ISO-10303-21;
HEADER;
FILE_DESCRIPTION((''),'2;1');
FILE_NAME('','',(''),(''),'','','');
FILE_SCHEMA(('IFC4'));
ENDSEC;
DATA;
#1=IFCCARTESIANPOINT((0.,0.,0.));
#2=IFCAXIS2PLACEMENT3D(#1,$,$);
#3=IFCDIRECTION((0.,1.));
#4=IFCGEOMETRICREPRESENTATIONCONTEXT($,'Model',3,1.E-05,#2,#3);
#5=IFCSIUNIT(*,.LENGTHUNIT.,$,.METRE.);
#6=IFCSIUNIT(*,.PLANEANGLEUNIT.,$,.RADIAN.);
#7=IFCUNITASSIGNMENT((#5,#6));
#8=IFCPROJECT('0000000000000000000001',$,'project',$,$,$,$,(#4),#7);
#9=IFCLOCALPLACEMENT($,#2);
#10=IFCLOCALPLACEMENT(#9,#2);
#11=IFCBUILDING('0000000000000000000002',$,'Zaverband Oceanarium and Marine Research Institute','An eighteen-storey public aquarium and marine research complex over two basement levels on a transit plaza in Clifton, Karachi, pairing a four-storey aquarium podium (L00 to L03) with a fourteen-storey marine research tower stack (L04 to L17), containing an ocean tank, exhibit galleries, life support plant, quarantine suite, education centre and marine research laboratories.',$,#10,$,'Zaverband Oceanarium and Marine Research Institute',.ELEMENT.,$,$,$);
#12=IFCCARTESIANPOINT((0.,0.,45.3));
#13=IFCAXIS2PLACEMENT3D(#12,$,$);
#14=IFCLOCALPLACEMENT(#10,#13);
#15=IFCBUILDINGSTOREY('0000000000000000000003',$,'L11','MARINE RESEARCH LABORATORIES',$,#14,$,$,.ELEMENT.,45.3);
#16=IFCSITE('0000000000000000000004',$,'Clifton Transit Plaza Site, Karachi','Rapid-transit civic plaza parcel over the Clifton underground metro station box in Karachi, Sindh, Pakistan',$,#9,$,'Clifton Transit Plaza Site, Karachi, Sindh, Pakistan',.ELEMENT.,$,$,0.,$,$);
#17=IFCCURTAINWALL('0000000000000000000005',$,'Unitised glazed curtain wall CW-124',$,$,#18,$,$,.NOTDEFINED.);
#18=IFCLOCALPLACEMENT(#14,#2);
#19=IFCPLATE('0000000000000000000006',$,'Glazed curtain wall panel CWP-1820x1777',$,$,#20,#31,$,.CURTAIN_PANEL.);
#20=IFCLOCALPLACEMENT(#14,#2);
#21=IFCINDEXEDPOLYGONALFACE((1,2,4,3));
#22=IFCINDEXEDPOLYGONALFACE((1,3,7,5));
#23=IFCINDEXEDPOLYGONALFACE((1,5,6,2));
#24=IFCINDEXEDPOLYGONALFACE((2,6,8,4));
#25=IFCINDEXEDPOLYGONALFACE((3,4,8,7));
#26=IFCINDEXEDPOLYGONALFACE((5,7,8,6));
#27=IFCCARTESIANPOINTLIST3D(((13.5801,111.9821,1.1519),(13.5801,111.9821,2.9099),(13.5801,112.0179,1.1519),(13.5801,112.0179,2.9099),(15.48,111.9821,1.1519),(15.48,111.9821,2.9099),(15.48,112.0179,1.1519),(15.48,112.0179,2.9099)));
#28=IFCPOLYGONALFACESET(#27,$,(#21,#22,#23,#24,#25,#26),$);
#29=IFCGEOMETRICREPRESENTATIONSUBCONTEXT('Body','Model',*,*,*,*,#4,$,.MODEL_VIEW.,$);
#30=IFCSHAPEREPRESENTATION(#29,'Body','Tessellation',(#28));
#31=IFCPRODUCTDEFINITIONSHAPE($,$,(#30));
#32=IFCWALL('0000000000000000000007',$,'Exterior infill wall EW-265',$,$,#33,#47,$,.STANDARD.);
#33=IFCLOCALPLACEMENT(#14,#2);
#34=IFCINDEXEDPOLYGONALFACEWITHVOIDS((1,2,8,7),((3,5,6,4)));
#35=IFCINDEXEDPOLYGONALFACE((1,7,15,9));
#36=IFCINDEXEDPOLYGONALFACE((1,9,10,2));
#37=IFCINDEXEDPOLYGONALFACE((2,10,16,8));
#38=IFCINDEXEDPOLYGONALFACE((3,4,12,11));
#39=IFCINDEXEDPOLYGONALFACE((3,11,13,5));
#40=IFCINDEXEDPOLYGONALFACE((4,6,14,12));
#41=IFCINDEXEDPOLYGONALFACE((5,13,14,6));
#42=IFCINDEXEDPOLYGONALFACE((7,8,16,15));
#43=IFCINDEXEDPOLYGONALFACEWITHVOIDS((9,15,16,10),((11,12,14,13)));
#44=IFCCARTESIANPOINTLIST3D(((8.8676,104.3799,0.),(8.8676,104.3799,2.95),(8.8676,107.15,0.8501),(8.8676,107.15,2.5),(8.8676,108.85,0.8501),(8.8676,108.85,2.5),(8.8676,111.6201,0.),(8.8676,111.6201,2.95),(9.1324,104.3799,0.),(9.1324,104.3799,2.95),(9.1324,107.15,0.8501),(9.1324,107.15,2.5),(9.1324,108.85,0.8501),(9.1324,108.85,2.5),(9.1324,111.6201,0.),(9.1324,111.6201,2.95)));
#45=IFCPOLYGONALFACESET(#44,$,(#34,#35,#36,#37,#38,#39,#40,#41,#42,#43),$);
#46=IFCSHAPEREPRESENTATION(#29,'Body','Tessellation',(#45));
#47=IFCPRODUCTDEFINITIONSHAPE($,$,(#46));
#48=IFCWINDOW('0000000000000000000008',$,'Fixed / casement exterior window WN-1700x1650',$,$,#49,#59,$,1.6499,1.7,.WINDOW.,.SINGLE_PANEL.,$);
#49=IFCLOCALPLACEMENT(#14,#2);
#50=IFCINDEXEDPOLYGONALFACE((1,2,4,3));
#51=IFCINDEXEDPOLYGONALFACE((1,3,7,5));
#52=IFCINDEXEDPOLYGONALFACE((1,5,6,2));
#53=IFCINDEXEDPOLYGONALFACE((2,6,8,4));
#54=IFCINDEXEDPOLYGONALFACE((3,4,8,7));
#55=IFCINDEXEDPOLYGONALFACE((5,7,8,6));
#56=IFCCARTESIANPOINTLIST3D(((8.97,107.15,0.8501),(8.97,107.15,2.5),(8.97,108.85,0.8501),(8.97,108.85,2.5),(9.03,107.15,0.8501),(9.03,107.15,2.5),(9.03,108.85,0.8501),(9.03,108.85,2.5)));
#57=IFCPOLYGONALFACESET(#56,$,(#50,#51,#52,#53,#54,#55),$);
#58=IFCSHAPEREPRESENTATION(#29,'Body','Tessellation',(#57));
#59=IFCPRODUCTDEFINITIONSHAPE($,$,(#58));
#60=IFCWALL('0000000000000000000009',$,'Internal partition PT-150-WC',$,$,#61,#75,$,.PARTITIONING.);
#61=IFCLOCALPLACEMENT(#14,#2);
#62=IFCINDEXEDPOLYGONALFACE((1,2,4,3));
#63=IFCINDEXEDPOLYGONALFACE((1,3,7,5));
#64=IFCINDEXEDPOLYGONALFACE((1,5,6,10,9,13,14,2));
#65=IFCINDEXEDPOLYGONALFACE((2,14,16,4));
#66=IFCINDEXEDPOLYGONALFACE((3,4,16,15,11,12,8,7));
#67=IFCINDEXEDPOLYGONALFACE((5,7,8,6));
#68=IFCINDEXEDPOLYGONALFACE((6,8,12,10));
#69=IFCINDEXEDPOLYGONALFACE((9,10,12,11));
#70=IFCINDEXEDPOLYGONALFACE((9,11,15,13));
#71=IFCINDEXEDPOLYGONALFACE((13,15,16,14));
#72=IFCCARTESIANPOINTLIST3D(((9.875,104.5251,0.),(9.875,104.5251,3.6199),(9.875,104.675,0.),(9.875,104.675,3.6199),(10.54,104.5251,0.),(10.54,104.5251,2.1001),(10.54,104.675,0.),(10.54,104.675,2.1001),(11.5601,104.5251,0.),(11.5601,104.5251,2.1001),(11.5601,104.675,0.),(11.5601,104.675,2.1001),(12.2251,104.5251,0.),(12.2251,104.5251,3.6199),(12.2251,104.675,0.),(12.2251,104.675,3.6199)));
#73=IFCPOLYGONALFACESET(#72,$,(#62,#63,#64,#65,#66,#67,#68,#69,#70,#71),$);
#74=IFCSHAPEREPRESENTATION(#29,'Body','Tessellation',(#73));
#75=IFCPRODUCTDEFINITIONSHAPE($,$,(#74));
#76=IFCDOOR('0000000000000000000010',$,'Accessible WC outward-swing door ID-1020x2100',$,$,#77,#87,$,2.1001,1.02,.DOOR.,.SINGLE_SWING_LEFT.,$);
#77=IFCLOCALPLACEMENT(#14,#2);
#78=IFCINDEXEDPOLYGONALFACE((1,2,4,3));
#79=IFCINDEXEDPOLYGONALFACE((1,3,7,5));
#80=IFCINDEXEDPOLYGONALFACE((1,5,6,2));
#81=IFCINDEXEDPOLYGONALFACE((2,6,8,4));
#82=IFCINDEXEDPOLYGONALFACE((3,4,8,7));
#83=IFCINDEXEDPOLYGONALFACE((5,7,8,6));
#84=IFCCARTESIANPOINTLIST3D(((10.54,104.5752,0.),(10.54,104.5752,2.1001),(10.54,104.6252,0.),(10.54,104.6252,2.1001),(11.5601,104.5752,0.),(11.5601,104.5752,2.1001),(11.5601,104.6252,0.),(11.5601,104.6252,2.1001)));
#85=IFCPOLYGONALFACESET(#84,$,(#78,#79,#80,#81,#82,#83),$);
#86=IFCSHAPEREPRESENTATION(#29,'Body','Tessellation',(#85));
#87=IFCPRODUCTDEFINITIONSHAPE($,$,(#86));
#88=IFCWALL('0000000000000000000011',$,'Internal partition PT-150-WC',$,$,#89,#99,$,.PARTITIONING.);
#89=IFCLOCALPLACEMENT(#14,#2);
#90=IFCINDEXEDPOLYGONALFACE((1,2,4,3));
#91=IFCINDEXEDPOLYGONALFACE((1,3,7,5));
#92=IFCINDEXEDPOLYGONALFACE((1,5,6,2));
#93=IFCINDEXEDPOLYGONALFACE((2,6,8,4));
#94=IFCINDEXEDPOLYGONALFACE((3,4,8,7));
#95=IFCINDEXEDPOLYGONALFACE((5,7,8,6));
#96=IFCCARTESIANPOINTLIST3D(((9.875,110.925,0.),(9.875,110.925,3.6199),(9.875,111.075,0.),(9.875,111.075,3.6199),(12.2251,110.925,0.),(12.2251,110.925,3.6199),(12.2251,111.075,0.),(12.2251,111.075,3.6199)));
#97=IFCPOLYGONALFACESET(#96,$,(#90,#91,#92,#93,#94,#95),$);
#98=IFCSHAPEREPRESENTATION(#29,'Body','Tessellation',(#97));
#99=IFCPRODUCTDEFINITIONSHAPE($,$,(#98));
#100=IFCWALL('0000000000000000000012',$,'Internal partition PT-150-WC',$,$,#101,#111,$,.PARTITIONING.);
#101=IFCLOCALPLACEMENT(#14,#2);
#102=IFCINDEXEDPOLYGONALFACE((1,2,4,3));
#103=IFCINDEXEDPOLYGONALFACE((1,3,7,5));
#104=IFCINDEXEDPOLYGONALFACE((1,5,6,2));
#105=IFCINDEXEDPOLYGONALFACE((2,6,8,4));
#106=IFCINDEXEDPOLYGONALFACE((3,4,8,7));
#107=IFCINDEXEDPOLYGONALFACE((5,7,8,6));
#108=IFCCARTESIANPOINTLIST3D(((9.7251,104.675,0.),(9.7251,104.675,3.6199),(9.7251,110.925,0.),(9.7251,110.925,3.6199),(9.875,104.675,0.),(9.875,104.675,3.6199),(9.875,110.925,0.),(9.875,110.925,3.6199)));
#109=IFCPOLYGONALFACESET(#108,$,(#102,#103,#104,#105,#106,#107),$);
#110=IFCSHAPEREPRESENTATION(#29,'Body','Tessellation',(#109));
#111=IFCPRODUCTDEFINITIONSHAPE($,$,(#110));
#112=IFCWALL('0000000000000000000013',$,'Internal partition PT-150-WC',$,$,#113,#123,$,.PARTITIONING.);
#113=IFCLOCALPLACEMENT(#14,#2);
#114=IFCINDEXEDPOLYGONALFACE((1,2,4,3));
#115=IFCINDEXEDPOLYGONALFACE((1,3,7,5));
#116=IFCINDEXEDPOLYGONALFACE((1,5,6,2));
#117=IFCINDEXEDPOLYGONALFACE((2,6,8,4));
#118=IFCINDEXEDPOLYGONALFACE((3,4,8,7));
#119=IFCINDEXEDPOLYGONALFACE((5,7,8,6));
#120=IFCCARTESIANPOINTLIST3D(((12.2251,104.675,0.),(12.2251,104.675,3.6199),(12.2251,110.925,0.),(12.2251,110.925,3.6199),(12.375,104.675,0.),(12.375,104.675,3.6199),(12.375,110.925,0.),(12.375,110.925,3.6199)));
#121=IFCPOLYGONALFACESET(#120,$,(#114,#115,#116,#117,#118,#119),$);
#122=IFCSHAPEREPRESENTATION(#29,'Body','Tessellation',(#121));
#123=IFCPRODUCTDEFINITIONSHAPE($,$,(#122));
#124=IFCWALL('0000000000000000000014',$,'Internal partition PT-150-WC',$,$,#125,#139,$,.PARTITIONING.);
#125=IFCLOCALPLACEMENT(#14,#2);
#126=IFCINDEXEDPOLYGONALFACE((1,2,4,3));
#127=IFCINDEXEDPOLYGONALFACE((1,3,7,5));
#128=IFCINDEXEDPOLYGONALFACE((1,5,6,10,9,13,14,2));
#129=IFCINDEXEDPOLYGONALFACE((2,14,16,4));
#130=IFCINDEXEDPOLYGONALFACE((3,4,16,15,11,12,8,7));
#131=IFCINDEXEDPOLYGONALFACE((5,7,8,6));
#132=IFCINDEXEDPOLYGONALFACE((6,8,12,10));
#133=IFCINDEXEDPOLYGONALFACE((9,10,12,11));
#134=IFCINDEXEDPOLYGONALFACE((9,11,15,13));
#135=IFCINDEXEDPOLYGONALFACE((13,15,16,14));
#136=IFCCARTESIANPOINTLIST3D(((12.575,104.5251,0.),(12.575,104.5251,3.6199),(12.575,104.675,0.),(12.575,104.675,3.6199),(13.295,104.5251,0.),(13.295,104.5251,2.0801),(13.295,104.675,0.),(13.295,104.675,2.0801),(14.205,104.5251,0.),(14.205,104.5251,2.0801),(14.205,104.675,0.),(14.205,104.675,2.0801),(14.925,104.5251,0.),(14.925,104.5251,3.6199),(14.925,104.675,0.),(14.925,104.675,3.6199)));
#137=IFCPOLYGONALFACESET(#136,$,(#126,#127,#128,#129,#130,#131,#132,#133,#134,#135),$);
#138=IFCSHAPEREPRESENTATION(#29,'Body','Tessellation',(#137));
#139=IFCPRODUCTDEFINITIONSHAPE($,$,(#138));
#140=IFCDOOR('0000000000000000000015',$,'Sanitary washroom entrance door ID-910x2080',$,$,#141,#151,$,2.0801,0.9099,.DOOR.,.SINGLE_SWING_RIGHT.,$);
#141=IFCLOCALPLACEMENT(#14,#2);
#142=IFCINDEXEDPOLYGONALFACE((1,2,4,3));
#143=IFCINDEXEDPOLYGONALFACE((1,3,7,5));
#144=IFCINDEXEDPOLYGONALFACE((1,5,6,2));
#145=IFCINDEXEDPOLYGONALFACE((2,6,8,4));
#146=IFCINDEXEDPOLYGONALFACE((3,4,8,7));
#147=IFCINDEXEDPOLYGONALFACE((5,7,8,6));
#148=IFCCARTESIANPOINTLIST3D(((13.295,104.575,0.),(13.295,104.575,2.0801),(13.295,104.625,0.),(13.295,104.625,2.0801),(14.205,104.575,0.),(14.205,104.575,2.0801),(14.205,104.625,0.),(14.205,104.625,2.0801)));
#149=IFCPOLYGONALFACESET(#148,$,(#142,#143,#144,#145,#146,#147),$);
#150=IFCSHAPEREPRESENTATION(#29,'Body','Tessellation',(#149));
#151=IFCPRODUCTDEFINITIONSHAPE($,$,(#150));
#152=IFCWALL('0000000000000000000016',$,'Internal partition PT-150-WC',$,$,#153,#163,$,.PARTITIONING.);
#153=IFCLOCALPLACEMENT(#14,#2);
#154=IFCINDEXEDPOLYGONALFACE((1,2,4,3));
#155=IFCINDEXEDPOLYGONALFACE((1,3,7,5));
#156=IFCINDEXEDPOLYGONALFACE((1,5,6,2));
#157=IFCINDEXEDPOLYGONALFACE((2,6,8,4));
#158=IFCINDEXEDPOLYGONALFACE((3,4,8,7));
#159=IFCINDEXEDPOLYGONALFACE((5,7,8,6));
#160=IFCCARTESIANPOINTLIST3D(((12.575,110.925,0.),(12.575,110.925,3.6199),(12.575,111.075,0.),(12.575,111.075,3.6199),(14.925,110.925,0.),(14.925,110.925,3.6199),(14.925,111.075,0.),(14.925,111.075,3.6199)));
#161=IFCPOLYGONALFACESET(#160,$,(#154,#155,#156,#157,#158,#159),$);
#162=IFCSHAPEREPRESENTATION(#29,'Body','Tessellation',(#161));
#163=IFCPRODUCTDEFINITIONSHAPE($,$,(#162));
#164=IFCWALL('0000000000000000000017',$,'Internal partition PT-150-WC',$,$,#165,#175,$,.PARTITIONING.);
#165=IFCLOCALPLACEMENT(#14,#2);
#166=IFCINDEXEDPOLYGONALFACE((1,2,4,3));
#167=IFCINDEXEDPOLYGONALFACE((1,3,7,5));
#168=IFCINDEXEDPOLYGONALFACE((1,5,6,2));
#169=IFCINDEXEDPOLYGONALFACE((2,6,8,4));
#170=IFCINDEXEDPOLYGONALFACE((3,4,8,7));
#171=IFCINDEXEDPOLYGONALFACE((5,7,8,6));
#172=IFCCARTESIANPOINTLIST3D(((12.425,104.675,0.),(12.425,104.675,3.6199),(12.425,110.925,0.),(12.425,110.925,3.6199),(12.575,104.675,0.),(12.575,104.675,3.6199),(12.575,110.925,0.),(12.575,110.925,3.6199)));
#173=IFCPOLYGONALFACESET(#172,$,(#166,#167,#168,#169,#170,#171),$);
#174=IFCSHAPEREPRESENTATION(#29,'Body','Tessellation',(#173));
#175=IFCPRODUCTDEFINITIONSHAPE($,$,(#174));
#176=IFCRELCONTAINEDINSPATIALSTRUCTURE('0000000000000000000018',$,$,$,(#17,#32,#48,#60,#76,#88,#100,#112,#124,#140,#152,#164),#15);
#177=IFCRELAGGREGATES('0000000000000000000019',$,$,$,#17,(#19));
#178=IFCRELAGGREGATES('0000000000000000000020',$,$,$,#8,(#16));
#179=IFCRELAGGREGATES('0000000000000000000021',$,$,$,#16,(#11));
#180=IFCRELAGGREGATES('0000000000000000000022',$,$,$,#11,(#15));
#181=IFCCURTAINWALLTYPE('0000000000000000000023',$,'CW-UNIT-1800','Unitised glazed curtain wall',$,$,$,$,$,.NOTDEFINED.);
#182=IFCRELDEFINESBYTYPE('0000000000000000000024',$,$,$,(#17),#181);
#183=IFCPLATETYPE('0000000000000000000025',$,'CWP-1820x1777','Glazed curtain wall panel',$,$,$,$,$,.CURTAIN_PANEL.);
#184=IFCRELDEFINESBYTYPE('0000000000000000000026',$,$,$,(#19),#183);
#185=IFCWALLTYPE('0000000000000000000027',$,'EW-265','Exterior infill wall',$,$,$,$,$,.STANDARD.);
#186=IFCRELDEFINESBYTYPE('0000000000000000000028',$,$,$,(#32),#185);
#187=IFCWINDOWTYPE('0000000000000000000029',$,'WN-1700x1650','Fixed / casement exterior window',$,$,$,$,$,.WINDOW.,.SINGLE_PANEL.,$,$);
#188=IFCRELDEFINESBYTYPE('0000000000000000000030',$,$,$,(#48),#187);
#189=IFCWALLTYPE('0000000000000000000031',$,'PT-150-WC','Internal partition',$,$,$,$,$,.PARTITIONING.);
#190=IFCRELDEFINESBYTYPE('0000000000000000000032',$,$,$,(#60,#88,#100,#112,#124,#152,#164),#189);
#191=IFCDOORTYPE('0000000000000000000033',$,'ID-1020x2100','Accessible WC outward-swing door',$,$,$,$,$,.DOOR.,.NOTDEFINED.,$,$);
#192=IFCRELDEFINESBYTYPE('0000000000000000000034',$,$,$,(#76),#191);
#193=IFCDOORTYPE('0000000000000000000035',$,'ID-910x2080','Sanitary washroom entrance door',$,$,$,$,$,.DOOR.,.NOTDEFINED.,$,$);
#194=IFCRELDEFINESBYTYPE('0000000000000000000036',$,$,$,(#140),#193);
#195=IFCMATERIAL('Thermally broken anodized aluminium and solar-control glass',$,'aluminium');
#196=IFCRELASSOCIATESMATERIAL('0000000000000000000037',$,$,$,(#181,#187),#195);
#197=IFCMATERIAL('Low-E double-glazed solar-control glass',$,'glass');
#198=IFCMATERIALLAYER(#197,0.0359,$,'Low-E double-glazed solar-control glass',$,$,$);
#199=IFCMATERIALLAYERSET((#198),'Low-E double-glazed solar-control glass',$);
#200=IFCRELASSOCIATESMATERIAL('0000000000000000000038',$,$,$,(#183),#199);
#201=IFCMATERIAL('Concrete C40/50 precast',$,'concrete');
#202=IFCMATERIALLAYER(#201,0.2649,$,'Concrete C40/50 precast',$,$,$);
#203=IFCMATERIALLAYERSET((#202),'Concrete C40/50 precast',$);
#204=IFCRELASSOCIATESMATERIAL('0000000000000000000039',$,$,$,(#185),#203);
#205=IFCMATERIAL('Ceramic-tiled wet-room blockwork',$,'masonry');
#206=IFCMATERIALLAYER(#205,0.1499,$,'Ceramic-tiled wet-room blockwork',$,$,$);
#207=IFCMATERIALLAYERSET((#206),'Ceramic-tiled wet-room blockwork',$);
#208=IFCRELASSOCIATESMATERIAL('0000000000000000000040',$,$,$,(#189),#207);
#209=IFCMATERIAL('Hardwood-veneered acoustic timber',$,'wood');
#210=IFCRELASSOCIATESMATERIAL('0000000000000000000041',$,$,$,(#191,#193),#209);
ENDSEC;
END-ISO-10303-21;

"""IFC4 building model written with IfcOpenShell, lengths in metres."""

from ifc_helpers import new_model, si_unit, direction, frame, frame_2d, origin, place, context, subcontext, project, spatial, rectangle, extrude, material, layer, layer_set, type_object, element, fill, aggregate, save


model = new_model("IFC4")

# Units and contexts
model_context = context("Model", 3, precision=1e-05, world=origin(), true_north=direction((0.0, 1.0)))
body_context = subcontext(model_context, "Body", "Model", "MODEL_VIEW")
ifc_project = project(units=[si_unit("LENGTHUNIT", "METRE"), si_unit("PLANEANGLEUNIT", "RADIAN")], contexts=[model_context])

# Site, building, storey
site_placement = place(None, origin())
site = spatial("IfcSite", under=ifc_project, at=site_placement, Name="Clifton Transit Plaza Site, Karachi", Description="Rapid-transit civic plaza parcel over the Clifton underground metro station box in Karachi, Sindh, Pakistan", LongName="Clifton Transit Plaza Site, Karachi, Sindh, Pakistan", CompositionType="ELEMENT", RefElevation=0.0)
building_placement = place(site_placement, origin())
building = spatial("IfcBuilding", under=site, at=building_placement, Name="Zaverband Oceanarium and Marine Research Institute", Description="An eighteen-storey public aquarium and marine research complex over two basement levels on a transit plaza in Clifton, Karachi, pairing a four-storey aquarium podium (L00 to L03) with a fourteen-storey marine research tower stack (L04 to L17), containing an ocean tank, exhibit galleries, life support plant, quarantine suite, education centre and marine research laboratories.", LongName="Zaverband Oceanarium and Marine Research Institute", CompositionType="ELEMENT")
storey_placement = place(building_placement, frame((0.0, 0.0, 45.3)))
storey = spatial("IfcBuildingStorey", under=building, at=storey_placement, Name="L11", Description="MARINE RESEARCH LABORATORIES", CompositionType="ELEMENT", Elevation=45.3)

# Curtain wall
ifc_material_1 = material(Name="Thermally broken anodized aluminium and solar-control glass", Category="aluminium")
curtain_wall_type = type_object("IfcCurtainWallType", Name="CW-UNIT-1800", Description="Unitised glazed curtain wall", PredefinedType="NOTDEFINED", material=ifc_material_1)
curtain_wall_placement = place(storey_placement, origin())
curtain_wall = element("IfcCurtainWall", 1, at=curtain_wall_placement, inside=storey, type_object=curtain_wall_type, Name="Unitised glazed curtain wall CW-124", PredefinedType="NOTDEFINED")

# Plate
ifc_material_2 = material(Name="Low-E double-glazed solar-control glass", Category="glass")
ifc_layer_1 = layer(ifc_material_2, 0.0359, Name="Low-E double-glazed solar-control glass")
ifc_layer_set_1 = layer_set([ifc_layer_1], Name="Low-E double-glazed solar-control glass")
plate_type_1 = type_object("IfcPlateType", Name="CWP-1820x1777", Description="Glazed curtain wall panel", PredefinedType="CURTAIN_PANEL", material=ifc_layer_set_1)
plate_1_placement = place(storey_placement, frame((13.5801, 112.0, 1.1519), z_axis=(0.0, 0.0, 1.0), x_axis=(1.0, 0.0, 0.0)))
plate_1 = element("IfcPlate", 2, at=plate_1_placement, type_object=plate_type_1, Name="Glazed curtain wall panel CWP-1820x1777", PredefinedType="CURTAIN_PANEL", context=body_context, shape_type="SweptSolid", body=[
    extrude(rectangle(XDim=1.8999, YDim=0.0359, at=frame_2d((0.95, 0.0))), origin(), (0.0, 0.0, 1.0), 1.7581),
])
aggregate(curtain_wall, [plate_1])

# Wall, opening, window
ifc_material_3 = material(Name="Concrete C40/50 precast", Category="concrete")
ifc_layer_2 = layer(ifc_material_3, 0.2649, Name="Concrete C40/50 precast")
ifc_layer_set_2 = layer_set([ifc_layer_2], Name="Concrete C40/50 precast")
wall_type_1 = type_object("IfcWallType", Name="EW-265", Description="Exterior infill wall", PredefinedType="STANDARD", material=ifc_layer_set_2)
wall_1_placement = place(storey_placement, frame((9.0, 104.3799, 0.0), z_axis=(0.0, 0.0, 1.0), x_axis=(0.0, 1.0, 0.0)))
wall_1 = element("IfcWall", 3, at=wall_1_placement, inside=storey, type_object=wall_type_1, Name="Exterior infill wall EW-265", PredefinedType="STANDARD", context=body_context, shape_type="SweptSolid", body=[
    extrude(rectangle(XDim=7.2402, YDim=0.2649, at=frame_2d((3.6201, 0.0))), origin(), (0.0, 0.0, 1.0), 2.95),
])
opening_1_placement = place(wall_1_placement, frame((2.77, 0.0, 0.8501)))
opening_1 = element("IfcOpeningElement", 4, at=opening_1_placement, cuts=wall_1, PredefinedType="OPENING", context=body_context, shape_type="SweptSolid", body=[
    extrude(rectangle(XDim=1.7, YDim=1.6499, at=frame_2d((0.8501, 0.825))), frame((0.0, 0.1445, 0.0), z_axis=(0.0, -1.0, 0.0), x_axis=(1.0, 0.0, 0.0)), (0.0, 0.0, 1.0), 0.2888),
])
window_type = type_object("IfcWindowType", Name="WN-1700x1650", Description="Fixed / casement exterior window", PartitioningType="SINGLE_PANEL", PredefinedType="WINDOW", material=ifc_material_1)
window_placement = place(opening_1_placement, origin())
window = element("IfcWindow", 5, at=window_placement, inside=storey, type_object=window_type, Name="Fixed / casement exterior window WN-1700x1650", OverallHeight=1.6499, OverallWidth=1.7, PartitioningType="SINGLE_PANEL", PredefinedType="WINDOW", context=body_context, shape_type="SweptSolid", body=[
    extrude(rectangle(XDim=1.7, YDim=1.6499, at=frame_2d((0.8501, 0.825))), frame((0.0, 0.03, 0.0), z_axis=(0.0, -1.0, 0.0), x_axis=(1.0, 0.0, 0.0)), (0.0, 0.0, 1.0), 0.0601),
])
fill(opening_1, window)

# Wall, opening, door
ifc_material_4 = material(Name="Ceramic-tiled wet-room blockwork", Category="masonry")
ifc_layer_3 = layer(ifc_material_4, 0.1499, Name="Ceramic-tiled wet-room blockwork")
ifc_layer_set_3 = layer_set([ifc_layer_3], Name="Ceramic-tiled wet-room blockwork")
wall_type_2 = type_object("IfcWallType", Name="PT-150-WC", Description="Internal partition", PredefinedType="PARTITIONING", material=ifc_layer_set_3)
wall_2_placement = place(storey_placement, frame((9.875, 104.6001, 0.0), z_axis=(0.0, 0.0, 1.0), x_axis=(1.0, 0.0, 0.0)))
wall_2 = element("IfcWall", 6, at=wall_2_placement, inside=storey, type_object=wall_type_2, Name="Internal partition PT-150-WC", PredefinedType="PARTITIONING", context=body_context, shape_type="SweptSolid", body=[
    extrude(rectangle(XDim=2.3501, YDim=0.1499, at=frame_2d((1.175, 0.0))), origin(), (0.0, 0.0, 1.0), 3.6199),
])
opening_2_placement = place(wall_2_placement, frame((0.665, 0.0, 0.0)))
opening_2 = element("IfcOpeningElement", 7, at=opening_2_placement, cuts=wall_2, PredefinedType="OPENING", context=body_context, shape_type="SweptSolid", body=[
    extrude(rectangle(XDim=1.02, YDim=2.1001, at=frame_2d((0.51, 1.05))), frame((0.0, 0.0869, 0.0), z_axis=(0.0, -1.0, 0.0), x_axis=(1.0, 0.0, 0.0)), (0.0, 0.0, 1.0), 0.1738),
])
ifc_material_5 = material(Name="Hardwood-veneered acoustic timber", Category="wood")
door_type_1 = type_object("IfcDoorType", Name="ID-1020x2100", Description="Accessible WC outward-swing door", OperationType="NOTDEFINED", PredefinedType="DOOR", material=ifc_material_5)
door_1_placement = place(opening_2_placement, frame((1.02, 0.0, 0.0), z_axis=(0.0, 0.0, 1.0), x_axis=(-1.0, 0.0, 0.0)))
door_1 = element("IfcDoor", 8, at=door_1_placement, inside=storey, type_object=door_type_1, Name="Accessible WC outward-swing door ID-1020x2100", OperationType="SINGLE_SWING_LEFT", OverallHeight=2.1001, OverallWidth=1.02, PredefinedType="DOOR", context=body_context, shape_type="SweptSolid", body=[
    extrude(rectangle(XDim=1.02, YDim=2.1001, at=frame_2d((0.51, 1.05))), frame((0.0, 0.0249, 0.0), z_axis=(0.0, -1.0, 0.0), x_axis=(1.0, 0.0, 0.0)), (0.0, 0.0, 1.0), 0.05),
])
fill(opening_2, door_1)

# Walls
wall_3_placement = place(storey_placement, frame((9.875, 111.0, 0.0), z_axis=(0.0, 0.0, 1.0), x_axis=(1.0, 0.0, 0.0)))
element("IfcWall", 9, at=wall_3_placement, inside=storey, type_object=wall_type_2, Name="Internal partition PT-150-WC", PredefinedType="PARTITIONING", context=body_context, shape_type="SweptSolid", body=[
    extrude(rectangle(XDim=2.3501, YDim=0.1499, at=frame_2d((1.175, 0.0))), origin(), (0.0, 0.0, 1.0), 3.6199),
])
for number, where, z_axis, x_axis, name in (
    (10, (9.8, 104.675, 0.0), (0.0, 0.0, 1.0), (0.0, 1.0, 0.0), "Internal partition PT-150-WC"),
    (11, (12.3, 104.675, 0.0), (0.0, 0.0, 1.0), (0.0, 1.0, 0.0), "Internal partition PT-150-WC"),
):
    element("IfcWall", number, at=place(storey_placement, frame(where, z_axis=z_axis, x_axis=x_axis)), inside=storey, type_object=wall_type_2, Name=name, PredefinedType="PARTITIONING", context=body_context, shape_type="SweptSolid", body=[
        extrude(rectangle(XDim=6.25, YDim=0.1499, at=frame_2d((3.125, 0.0))), origin(), (0.0, 0.0, 1.0), 3.6199),
    ])

# Wall, opening, door
wall_4_placement = place(storey_placement, frame((12.575, 104.6001, 0.0), z_axis=(0.0, 0.0, 1.0), x_axis=(1.0, 0.0, 0.0)))
wall_4 = element("IfcWall", 12, at=wall_4_placement, inside=storey, type_object=wall_type_2, Name="Internal partition PT-150-WC", PredefinedType="PARTITIONING", context=body_context, shape_type="SweptSolid", body=[
    extrude(rectangle(XDim=2.3501, YDim=0.1499, at=frame_2d((1.175, 0.0))), origin(), (0.0, 0.0, 1.0), 3.6199),
])
opening_3_placement = place(wall_4_placement, frame((0.72, 0.0, 0.0)))
opening_3 = element("IfcOpeningElement", 13, at=opening_3_placement, cuts=wall_4, PredefinedType="OPENING", context=body_context, shape_type="SweptSolid", body=[
    extrude(rectangle(XDim=0.9099, YDim=2.0801, at=frame_2d((0.4551, 1.04))), frame((0.0, 0.0869, 0.0), z_axis=(0.0, -1.0, 0.0), x_axis=(1.0, 0.0, 0.0)), (0.0, 0.0, 1.0), 0.1738),
])
door_type_2 = type_object("IfcDoorType", Name="ID-910x2080", Description="Sanitary washroom entrance door", OperationType="NOTDEFINED", PredefinedType="DOOR", material=ifc_material_5)
door_2_placement = place(opening_3_placement, origin())
door_2 = element("IfcDoor", 14, at=door_2_placement, inside=storey, type_object=door_type_2, Name="Sanitary washroom entrance door ID-910x2080", OperationType="SINGLE_SWING_RIGHT", OverallHeight=2.0801, OverallWidth=0.9099, PredefinedType="DOOR", context=body_context, shape_type="SweptSolid", body=[
    extrude(rectangle(XDim=0.9099, YDim=2.0801, at=frame_2d((0.4551, 1.04))), frame((0.0, 0.0249, 0.0), z_axis=(0.0, -1.0, 0.0), x_axis=(1.0, 0.0, 0.0)), (0.0, 0.0, 1.0), 0.05),
])
fill(opening_3, door_2)

# Walls
wall_5_placement = place(storey_placement, frame((12.575, 111.0, 0.0), z_axis=(0.0, 0.0, 1.0), x_axis=(1.0, 0.0, 0.0)))
element("IfcWall", 15, at=wall_5_placement, inside=storey, type_object=wall_type_2, Name="Internal partition PT-150-WC", PredefinedType="PARTITIONING", context=body_context, shape_type="SweptSolid", body=[
    extrude(rectangle(XDim=2.3501, YDim=0.1499, at=frame_2d((1.175, 0.0))), origin(), (0.0, 0.0, 1.0), 3.6199),
])
for number, where, z_axis, x_axis, name in (
    (16, (12.5, 104.675, 0.0), (0.0, 0.0, 1.0), (0.0, 1.0, 0.0), "Internal partition PT-150-WC"),
):
    element("IfcWall", number, at=place(storey_placement, frame(where, z_axis=z_axis, x_axis=x_axis)), inside=storey, type_object=wall_type_2, Name=name, PredefinedType="PARTITIONING", context=body_context, shape_type="SweptSolid", body=[
        extrude(rectangle(XDim=6.25, YDim=0.1499, at=frame_2d((3.125, 0.0))), origin(), (0.0, 0.0, 1.0), 3.6199),
    ])

save(model, "model.ifc")
